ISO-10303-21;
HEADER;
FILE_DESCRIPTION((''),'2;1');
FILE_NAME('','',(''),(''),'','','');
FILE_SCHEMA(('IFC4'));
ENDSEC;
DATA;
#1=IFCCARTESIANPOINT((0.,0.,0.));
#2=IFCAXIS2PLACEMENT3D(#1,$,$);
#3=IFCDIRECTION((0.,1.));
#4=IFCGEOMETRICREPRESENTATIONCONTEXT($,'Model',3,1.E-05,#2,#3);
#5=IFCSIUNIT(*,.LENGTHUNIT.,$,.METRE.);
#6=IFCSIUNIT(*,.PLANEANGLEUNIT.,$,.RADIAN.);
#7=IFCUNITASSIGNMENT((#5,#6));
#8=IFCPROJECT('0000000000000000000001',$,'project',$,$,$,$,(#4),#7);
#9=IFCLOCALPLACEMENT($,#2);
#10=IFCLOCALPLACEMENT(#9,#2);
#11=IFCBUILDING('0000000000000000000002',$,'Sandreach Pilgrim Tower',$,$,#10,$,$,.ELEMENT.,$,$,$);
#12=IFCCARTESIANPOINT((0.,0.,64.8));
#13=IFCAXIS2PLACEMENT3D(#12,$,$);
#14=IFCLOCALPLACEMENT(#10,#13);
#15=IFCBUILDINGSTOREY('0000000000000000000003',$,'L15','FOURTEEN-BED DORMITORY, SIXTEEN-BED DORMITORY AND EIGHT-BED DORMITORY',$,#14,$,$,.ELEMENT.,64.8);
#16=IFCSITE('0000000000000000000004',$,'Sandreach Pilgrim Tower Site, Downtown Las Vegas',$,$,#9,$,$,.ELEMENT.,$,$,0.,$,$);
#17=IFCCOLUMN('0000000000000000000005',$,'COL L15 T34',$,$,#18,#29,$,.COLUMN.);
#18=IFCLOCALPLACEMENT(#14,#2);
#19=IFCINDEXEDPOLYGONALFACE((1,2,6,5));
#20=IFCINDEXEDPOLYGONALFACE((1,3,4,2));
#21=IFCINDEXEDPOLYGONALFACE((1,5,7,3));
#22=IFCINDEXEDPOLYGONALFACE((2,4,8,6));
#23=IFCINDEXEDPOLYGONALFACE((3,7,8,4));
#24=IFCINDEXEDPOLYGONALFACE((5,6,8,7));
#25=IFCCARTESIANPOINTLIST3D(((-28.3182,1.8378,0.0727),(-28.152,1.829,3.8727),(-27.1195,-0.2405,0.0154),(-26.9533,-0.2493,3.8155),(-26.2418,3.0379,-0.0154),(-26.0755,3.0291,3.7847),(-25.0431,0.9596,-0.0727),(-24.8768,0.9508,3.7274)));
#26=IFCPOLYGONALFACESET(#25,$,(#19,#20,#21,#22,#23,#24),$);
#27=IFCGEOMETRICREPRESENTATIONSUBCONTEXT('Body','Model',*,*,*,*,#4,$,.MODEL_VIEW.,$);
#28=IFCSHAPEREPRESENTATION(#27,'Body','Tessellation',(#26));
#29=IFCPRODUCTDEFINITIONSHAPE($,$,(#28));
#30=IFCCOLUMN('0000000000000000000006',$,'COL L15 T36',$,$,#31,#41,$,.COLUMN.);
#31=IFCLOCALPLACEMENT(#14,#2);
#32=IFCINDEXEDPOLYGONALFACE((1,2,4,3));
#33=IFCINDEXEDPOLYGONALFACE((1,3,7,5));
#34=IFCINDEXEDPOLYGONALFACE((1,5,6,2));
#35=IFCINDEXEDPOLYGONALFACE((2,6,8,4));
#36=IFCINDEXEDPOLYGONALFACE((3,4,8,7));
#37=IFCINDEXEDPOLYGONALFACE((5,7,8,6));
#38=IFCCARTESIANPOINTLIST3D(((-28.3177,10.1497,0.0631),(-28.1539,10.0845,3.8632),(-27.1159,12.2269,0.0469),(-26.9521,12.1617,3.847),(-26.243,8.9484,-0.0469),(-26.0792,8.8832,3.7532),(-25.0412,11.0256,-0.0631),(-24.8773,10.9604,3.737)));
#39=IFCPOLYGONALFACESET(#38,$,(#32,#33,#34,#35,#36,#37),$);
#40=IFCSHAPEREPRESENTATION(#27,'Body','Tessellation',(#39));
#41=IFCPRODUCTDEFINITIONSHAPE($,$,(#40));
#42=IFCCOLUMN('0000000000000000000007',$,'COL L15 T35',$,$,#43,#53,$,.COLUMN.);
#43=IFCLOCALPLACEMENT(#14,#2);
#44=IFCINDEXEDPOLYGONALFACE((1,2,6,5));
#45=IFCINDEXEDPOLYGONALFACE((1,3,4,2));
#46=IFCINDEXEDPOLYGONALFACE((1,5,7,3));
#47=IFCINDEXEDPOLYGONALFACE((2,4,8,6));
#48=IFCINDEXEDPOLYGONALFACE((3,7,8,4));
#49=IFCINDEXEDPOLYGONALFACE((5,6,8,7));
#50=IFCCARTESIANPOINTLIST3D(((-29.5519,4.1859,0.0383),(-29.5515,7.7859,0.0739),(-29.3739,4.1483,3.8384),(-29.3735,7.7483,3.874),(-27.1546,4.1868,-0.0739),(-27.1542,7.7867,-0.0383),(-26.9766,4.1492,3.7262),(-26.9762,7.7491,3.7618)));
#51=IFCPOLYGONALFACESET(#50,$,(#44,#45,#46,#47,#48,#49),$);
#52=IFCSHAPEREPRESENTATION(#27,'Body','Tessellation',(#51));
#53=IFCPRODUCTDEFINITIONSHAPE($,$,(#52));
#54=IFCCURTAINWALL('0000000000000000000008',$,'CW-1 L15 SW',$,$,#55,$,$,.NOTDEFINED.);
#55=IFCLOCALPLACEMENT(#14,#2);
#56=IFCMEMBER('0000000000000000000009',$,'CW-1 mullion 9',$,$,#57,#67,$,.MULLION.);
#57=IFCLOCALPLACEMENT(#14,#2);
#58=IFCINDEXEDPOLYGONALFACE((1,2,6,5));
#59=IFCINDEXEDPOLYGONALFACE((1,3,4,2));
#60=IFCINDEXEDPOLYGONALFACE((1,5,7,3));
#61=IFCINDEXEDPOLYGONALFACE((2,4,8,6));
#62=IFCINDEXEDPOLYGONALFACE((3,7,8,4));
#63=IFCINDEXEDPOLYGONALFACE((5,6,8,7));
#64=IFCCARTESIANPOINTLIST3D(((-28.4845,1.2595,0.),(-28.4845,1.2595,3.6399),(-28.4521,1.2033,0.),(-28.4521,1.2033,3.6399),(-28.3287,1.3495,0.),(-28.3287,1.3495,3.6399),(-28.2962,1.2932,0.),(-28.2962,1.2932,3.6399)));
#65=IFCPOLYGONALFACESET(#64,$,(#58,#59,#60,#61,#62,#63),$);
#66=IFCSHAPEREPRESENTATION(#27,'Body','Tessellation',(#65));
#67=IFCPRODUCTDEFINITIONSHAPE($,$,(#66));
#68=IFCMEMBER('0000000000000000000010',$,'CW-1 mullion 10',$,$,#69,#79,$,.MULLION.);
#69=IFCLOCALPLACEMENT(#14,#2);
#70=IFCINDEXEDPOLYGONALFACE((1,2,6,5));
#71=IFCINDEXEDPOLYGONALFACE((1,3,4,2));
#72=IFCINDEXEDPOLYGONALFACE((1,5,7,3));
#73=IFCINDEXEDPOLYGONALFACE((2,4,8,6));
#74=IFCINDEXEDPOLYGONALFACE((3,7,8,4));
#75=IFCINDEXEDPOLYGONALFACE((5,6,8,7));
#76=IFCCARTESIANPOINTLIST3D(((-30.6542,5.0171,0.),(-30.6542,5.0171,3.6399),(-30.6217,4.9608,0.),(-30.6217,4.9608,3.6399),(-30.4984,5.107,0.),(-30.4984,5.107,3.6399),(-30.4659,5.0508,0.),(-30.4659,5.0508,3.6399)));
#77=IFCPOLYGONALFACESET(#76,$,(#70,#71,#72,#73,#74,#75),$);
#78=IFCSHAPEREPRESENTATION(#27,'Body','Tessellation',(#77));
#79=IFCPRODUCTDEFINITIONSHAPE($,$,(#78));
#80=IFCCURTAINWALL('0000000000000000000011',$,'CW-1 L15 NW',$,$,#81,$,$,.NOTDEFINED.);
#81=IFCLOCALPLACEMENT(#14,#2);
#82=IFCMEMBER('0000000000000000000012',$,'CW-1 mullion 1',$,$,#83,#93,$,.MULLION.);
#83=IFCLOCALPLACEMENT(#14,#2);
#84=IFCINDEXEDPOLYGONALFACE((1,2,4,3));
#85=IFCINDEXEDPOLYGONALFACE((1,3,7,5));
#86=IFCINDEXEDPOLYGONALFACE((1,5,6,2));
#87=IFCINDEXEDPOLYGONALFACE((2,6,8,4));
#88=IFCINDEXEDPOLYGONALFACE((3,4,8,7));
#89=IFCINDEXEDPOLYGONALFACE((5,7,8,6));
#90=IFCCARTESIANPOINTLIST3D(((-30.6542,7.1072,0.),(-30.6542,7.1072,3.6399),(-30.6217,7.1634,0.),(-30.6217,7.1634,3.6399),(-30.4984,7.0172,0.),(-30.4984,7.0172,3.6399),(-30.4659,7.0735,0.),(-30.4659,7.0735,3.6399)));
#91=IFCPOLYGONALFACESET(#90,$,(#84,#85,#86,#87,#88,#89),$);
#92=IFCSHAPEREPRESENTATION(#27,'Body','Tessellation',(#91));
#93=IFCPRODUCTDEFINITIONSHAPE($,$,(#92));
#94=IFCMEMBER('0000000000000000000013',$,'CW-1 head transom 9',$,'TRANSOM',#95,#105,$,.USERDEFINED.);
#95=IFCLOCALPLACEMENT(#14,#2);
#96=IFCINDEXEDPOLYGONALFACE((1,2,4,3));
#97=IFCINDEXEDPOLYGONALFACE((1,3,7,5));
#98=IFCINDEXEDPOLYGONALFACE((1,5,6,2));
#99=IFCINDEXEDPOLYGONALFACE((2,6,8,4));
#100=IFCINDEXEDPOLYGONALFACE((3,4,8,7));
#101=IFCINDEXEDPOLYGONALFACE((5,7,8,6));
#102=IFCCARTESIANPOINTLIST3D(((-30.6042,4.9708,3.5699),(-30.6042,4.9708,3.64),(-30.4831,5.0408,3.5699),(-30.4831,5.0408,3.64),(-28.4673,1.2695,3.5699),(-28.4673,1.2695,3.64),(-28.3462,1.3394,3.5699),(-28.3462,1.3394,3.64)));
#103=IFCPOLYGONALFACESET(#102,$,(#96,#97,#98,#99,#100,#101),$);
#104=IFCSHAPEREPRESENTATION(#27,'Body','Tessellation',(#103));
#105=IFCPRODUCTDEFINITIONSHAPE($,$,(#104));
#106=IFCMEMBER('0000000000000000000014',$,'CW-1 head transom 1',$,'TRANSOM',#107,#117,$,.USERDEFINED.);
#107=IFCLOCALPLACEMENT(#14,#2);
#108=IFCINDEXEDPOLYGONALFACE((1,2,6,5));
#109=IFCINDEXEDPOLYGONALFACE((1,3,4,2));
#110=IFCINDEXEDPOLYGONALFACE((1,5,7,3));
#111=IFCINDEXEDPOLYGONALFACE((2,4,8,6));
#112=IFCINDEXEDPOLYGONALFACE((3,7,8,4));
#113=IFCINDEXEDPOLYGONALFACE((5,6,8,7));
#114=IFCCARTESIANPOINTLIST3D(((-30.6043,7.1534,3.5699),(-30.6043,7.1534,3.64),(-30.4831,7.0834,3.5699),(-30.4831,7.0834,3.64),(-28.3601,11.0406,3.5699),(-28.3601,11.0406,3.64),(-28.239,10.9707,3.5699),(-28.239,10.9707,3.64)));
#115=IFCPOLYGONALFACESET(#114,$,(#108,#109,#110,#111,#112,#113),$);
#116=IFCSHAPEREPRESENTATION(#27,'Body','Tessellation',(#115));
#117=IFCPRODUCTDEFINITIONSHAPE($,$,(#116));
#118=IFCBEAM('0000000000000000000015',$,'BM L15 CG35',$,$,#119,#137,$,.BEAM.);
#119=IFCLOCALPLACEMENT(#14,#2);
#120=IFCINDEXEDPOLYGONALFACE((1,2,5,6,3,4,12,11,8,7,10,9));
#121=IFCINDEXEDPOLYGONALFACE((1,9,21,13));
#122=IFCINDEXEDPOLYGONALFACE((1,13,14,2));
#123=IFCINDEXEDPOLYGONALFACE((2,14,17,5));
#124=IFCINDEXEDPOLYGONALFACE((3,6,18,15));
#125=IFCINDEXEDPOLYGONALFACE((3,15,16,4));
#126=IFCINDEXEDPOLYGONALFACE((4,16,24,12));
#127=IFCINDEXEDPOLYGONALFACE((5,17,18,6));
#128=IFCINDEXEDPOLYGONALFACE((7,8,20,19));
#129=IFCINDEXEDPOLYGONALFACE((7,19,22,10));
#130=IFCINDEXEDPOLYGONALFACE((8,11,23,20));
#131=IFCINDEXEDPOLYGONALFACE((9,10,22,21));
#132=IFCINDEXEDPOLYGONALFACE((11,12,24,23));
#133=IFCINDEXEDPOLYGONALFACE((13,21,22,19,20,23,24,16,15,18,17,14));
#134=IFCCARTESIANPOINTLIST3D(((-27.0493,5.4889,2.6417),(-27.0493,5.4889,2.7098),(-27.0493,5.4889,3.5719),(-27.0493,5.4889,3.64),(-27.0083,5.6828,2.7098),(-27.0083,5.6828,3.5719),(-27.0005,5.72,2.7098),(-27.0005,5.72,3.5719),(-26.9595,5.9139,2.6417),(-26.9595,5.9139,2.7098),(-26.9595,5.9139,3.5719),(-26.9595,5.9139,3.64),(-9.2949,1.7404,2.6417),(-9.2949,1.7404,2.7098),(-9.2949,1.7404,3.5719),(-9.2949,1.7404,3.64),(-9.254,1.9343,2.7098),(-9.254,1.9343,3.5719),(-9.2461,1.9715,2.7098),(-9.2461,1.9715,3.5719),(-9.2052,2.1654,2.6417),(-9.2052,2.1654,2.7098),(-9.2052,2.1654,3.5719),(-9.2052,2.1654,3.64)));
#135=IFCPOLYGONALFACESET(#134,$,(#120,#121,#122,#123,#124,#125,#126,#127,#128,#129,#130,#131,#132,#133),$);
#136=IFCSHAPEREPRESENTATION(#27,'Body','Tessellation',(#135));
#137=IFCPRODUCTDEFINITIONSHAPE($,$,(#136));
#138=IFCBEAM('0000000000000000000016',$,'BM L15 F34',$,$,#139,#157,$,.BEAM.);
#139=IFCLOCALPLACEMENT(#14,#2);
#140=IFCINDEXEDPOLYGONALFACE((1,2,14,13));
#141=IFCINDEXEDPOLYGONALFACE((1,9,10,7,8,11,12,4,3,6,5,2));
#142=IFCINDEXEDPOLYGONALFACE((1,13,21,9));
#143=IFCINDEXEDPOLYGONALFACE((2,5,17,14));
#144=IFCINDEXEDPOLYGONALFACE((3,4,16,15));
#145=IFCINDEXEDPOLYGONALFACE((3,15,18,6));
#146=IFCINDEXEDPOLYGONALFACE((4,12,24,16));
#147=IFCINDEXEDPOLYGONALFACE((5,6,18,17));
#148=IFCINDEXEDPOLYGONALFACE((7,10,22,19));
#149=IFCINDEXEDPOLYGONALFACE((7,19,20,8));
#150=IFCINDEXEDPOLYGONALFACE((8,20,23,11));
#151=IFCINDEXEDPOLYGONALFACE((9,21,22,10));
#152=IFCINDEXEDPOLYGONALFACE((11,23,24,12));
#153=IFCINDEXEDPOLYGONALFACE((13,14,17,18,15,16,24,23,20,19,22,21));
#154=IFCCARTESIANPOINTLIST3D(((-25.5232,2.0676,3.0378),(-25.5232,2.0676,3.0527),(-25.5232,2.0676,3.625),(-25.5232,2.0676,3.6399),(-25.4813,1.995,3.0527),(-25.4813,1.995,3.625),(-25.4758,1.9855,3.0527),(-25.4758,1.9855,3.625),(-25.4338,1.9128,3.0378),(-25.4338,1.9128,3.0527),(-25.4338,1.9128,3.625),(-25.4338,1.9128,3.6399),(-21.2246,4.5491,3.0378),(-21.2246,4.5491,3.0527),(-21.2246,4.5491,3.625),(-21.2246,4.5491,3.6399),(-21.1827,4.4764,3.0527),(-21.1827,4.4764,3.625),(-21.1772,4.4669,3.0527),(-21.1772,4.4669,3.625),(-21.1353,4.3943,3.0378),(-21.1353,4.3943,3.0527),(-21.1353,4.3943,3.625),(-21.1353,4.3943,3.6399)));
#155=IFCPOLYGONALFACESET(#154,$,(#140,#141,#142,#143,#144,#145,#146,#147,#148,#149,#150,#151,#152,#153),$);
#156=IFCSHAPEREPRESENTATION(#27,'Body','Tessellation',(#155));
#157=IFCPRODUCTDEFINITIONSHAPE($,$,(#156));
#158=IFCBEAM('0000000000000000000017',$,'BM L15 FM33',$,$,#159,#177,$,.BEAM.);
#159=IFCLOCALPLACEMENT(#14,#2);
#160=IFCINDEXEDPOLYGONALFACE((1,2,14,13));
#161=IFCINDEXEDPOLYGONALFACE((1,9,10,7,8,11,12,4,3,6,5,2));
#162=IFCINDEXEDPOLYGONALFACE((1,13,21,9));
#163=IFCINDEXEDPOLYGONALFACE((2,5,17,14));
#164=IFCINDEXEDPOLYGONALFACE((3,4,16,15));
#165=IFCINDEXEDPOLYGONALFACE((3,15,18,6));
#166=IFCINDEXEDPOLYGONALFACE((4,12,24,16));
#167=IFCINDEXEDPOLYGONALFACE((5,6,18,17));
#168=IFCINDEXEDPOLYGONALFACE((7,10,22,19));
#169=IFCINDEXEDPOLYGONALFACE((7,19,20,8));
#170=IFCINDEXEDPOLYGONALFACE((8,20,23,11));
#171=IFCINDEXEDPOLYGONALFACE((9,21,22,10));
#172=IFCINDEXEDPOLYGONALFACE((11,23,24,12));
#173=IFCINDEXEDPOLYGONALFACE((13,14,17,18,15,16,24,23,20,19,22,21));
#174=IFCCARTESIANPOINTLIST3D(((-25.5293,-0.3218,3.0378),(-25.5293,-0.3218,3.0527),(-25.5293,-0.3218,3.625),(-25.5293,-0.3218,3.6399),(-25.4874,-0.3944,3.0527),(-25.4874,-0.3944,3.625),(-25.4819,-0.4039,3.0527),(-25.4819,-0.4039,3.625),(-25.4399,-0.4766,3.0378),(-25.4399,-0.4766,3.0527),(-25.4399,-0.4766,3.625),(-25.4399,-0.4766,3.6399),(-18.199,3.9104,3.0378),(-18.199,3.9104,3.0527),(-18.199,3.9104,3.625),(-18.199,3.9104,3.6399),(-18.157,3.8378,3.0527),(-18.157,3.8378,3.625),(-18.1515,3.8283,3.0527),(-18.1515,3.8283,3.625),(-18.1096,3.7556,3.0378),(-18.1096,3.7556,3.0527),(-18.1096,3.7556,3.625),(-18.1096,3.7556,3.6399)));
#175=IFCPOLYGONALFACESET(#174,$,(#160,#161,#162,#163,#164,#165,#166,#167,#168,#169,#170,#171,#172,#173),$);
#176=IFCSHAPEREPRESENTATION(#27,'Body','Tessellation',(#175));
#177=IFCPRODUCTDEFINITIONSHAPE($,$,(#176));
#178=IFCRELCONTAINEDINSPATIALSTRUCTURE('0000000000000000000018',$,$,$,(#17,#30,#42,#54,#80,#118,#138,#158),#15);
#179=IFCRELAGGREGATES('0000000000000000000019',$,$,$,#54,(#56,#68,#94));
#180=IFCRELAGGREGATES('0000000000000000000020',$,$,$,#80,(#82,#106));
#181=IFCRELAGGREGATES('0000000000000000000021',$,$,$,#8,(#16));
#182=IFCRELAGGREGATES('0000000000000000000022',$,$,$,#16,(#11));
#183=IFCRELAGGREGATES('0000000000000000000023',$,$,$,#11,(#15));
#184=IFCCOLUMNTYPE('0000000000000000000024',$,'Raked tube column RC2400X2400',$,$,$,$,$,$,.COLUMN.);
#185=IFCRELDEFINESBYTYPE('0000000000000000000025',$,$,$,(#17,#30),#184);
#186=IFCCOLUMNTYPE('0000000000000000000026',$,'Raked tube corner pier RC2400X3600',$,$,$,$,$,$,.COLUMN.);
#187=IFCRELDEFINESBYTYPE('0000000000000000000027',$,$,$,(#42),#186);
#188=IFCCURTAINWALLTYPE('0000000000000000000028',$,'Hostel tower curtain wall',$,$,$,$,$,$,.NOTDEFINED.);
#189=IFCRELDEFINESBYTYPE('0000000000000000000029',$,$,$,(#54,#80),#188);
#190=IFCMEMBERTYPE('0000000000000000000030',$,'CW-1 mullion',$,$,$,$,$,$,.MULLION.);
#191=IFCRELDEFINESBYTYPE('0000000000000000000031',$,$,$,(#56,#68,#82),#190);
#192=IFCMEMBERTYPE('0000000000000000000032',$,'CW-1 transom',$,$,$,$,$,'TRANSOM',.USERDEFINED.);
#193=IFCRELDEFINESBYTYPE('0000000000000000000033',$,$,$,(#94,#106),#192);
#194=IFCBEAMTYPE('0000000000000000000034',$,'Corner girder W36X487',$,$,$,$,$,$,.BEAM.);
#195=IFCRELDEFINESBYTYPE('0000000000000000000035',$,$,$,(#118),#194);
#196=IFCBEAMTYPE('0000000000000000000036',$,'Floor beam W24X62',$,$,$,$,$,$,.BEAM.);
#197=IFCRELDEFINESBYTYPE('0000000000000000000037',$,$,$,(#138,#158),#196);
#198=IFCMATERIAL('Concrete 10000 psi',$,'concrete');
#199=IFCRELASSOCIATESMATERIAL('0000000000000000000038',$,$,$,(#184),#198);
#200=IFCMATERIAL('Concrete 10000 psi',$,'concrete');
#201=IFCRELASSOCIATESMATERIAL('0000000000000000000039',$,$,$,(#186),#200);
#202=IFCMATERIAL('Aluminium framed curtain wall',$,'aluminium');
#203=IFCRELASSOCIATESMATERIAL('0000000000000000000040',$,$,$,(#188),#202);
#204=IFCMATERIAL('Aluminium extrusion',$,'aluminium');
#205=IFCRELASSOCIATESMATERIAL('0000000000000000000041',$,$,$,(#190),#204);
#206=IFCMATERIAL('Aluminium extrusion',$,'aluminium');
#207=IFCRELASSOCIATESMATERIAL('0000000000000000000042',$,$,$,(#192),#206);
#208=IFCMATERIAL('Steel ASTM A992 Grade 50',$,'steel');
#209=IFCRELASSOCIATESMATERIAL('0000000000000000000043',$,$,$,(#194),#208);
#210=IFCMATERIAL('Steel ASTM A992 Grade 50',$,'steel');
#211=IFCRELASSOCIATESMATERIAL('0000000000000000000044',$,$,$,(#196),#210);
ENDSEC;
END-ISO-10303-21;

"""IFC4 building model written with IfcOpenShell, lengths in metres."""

from ifc_helpers import new_model, si_unit, direction, frame, origin, origin_2d, place, context, subcontext, project, spatial, rectangle, i_section, extrude, material, material_profile, profile_set, type_object, element, aggregate, save


model = new_model("IFC4")

# Units and contexts
model_context = context("Model", 3, precision=1e-05, world=origin(), true_north=direction((0.0, 1.0)))
body_context = subcontext(model_context, "Body", "Model", "MODEL_VIEW")
ifc_project = project(units=[si_unit("LENGTHUNIT", "METRE"), si_unit("PLANEANGLEUNIT", "RADIAN")], contexts=[model_context])

# Site, building, storey
site_placement = place(None, origin())
site = spatial("IfcSite", under=ifc_project, at=site_placement, Name="Sandreach Pilgrim Tower Site, Downtown Las Vegas", CompositionType="ELEMENT", RefElevation=0.0)
building_placement = place(site_placement, origin())
building = spatial("IfcBuilding", under=site, at=building_placement, Name="Sandreach Pilgrim Tower", CompositionType="ELEMENT")
storey_placement = place(building_placement, frame((0.0, 0.0, 64.8)))
storey = spatial("IfcBuildingStorey", under=building, at=storey_placement, Name="L15", Description="FOURTEEN-BED DORMITORY, SIXTEEN-BED DORMITORY AND EIGHT-BED DORMITORY", CompositionType="ELEMENT", Elevation=64.8)

# Columns
ifc_material_1 = material(Name="Concrete 10000 psi", Category="concrete")
ifc_material_profile_1 = material_profile(ifc_material_1, rectangle(XDim=2.3999, YDim=2.3999, at=origin_2d()), Name="RC2400X2400")
ifc_profile_set_1 = profile_set([ifc_material_profile_1], Name="Concrete 10000 psi")
column_type_1 = type_object("IfcColumnType", Name="Raked tube column RC2400X2400", PredefinedType="COLUMN", material=ifc_profile_set_1)
column_1_placement = place(storey_placement, frame((-26.6807, 1.3987, 0.0), z_axis=(0.04371, -0.002311, 0.999042), x_axis=(-0.865224, -0.500041, 0.036699)))
element("IfcColumn", 1, at=column_1_placement, inside=storey, type_object=column_type_1, Name="COL L15 T34", PredefinedType="COLUMN", context=body_context, shape_type="SweptSolid", body=[
    extrude(rectangle(XDim=2.3999, YDim=2.3999, at=origin_2d()), origin(), (0.0, 0.0, 1.0), 3.8037),
])
column_2_placement = place(storey_placement, frame((-26.6794, 10.5876, 0.0), z_axis=(0.043063, -0.017135, 0.998925), x_axis=(-0.864498, 0.500541, 0.045854)))
element("IfcColumn", 2, at=column_2_placement, inside=storey, type_object=column_type_1, Name="COL L15 T36", PredefinedType="COLUMN", context=body_context, shape_type="SweptSolid", body=[
    extrude(rectangle(XDim=2.3999, YDim=2.3999, at=origin_2d()), origin(), (0.0, 0.0, 1.0), 3.8042),
])
ifc_material_2 = material(Name="Concrete 10000 psi", Category="concrete")
ifc_material_profile_2 = material_profile(ifc_material_2, rectangle(XDim=2.3999, YDim=3.6001, at=origin_2d()), Name="RC2400X3600")
ifc_profile_set_2 = profile_set([ifc_material_profile_2], Name="Concrete 10000 psi")
column_type_2 = type_object("IfcColumnType", Name="Raked tube corner pier RC2400X3600", PredefinedType="COLUMN", material=ifc_profile_set_2)
column_3_placement = place(storey_placement, frame((-28.353, 5.9863, 0.0), z_axis=(0.046782, -0.009883, 0.998856), x_axis=(-0.998905, -0.000352, 0.046781)))
element("IfcColumn", 3, at=column_3_placement, inside=storey, type_object=column_type_2, Name="COL L15 T35", PredefinedType="COLUMN", context=body_context, shape_type="SweptSolid", body=[
    extrude(rectangle(XDim=2.3999, YDim=3.6001, at=origin_2d()), origin(), (0.0, 0.0, 1.0), 3.8044),
])

# Curtain wall, members
ifc_material_3 = material(Name="Aluminium framed curtain wall", Category="aluminium")
curtain_wall_type = type_object("IfcCurtainWallType", Name="Hostel tower curtain wall", PredefinedType="NOTDEFINED", material=ifc_material_3)
curtain_wall_1_placement = place(storey_placement, origin())
curtain_wall_1 = element("IfcCurtainWall", 4, at=curtain_wall_1_placement, inside=storey, type_object=curtain_wall_type, Name="CW-1 L15 SW", PredefinedType="NOTDEFINED")
ifc_material_4 = material(Name="Aluminium extrusion", Category="aluminium")
ifc_material_profile_3 = material_profile(ifc_material_4, rectangle(XDim=0.0649, YDim=0.1799, at=origin_2d()), Name="CW-1M 65X180")
ifc_profile_set_3 = profile_set([ifc_material_profile_3], Name="Aluminium extrusion")
member_type_1 = type_object("IfcMemberType", Name="CW-1 mullion", PredefinedType="MULLION", material=ifc_profile_set_3)
member_1_placement = place(storey_placement, frame((-28.3904, 1.2764, 0.0), z_axis=(0.0, 0.0, 1.0), x_axis=(-0.5, 0.866025, 0.0)))
member_1 = element("IfcMember", 5, at=member_1_placement, type_object=member_type_1, Name="CW-1 mullion 9", PredefinedType="MULLION", context=body_context, shape_type="SweptSolid", body=[
    extrude(rectangle(XDim=0.0649, YDim=0.1799, at=origin_2d()), origin(), (0.0, 0.0, 1.0), 3.6399),
])
member_2_placement = place(storey_placement, frame((-30.5601, 5.0339, 0.0), z_axis=(0.0, 0.0, 1.0), x_axis=(-0.5, 0.866025, 0.0)))
member_2 = element("IfcMember", 6, at=member_2_placement, type_object=member_type_1, Name="CW-1 mullion 10", PredefinedType="MULLION", context=body_context, shape_type="SweptSolid", body=[
    extrude(rectangle(XDim=0.0649, YDim=0.1799, at=origin_2d()), origin(), (0.0, 0.0, 1.0), 3.6399),
])

# Curtain wall, member
curtain_wall_2_placement = place(storey_placement, origin())
curtain_wall_2 = element("IfcCurtainWall", 7, at=curtain_wall_2_placement, inside=storey, type_object=curtain_wall_type, Name="CW-1 L15 NW", PredefinedType="NOTDEFINED")
member_3_placement = place(storey_placement, frame((-30.5601, 7.0903, 0.0), z_axis=(0.0, 0.0, 1.0), x_axis=(0.5, 0.866025, 0.0)))
member_3 = element("IfcMember", 8, at=member_3_placement, type_object=member_type_1, Name="CW-1 mullion 1", PredefinedType="MULLION", context=body_context, shape_type="SweptSolid", body=[
    extrude(rectangle(XDim=0.0649, YDim=0.1799, at=origin_2d()), origin(), (0.0, 0.0, 1.0), 3.6399),
])

# Members
ifc_material_5 = material(Name="Aluminium extrusion", Category="aluminium")
ifc_material_profile_4 = material_profile(ifc_material_5, rectangle(XDim=0.1399, YDim=0.0701, at=origin_2d()), Name="CW-1T 140X70")
ifc_profile_set_4 = profile_set([ifc_material_profile_4], Name="Aluminium extrusion")
member_type_2 = type_object("IfcMemberType", Name="CW-1 transom", ElementType="TRANSOM", PredefinedType="USERDEFINED", material=ifc_profile_set_4)
member_4_placement = place(storey_placement, frame((-28.4067, 1.3044, 3.605), z_axis=(-0.499991, 0.866031, 0.0), x_axis=(-0.866031, -0.499991, 0.0)))
member_4 = element("IfcMember", 9, at=member_4_placement, type_object=member_type_2, Name="CW-1 head transom 9", ObjectType="TRANSOM", PredefinedType="USERDEFINED", context=body_context, shape_type="SweptSolid", body=[
    extrude(rectangle(XDim=0.1399, YDim=0.0701, at=origin_2d()), origin(), (0.0, 0.0, 1.0), 4.2739),
])
member_5_placement = place(storey_placement, frame((-30.5437, 7.1184, 3.605), z_axis=(0.499977, 0.866039, 0.0), x_axis=(-0.866039, 0.499977, 0.0)))
member_5 = element("IfcMember", 10, at=member_5_placement, type_object=member_type_2, Name="CW-1 head transom 1", ObjectType="TRANSOM", PredefinedType="USERDEFINED", context=body_context, shape_type="SweptSolid", body=[
    extrude(rectangle(XDim=0.1399, YDim=0.0701, at=origin_2d()), origin(), (0.0, 0.0, 1.0), 4.4885),
])

# Beams
ifc_material_6 = material(Name="Steel ASTM A992 Grade 50", Category="steel")
ifc_material_profile_5 = material_profile(ifc_material_6, i_section(OverallWidth=0.4343, OverallDepth=0.9983, WebThickness=0.0381, FlangeThickness=0.0681, at=origin_2d()), Name="W36X487")
ifc_profile_set_5 = profile_set([ifc_material_profile_5], Name="Steel ASTM A992 Grade 50")
beam_type_1 = type_object("IfcBeamType", Name="Corner girder W36X487", PredefinedType="BEAM", material=ifc_profile_set_5)
beam_1_placement = place(storey_placement, frame((-27.0044, 5.7014, 3.1409), z_axis=(0.97843, -0.206579, 0.0), x_axis=(0.206579, 0.97843, 0.0)))
element("IfcBeam", 11, at=beam_1_placement, inside=storey, type_object=beam_type_1, Name="BM L15 CG35", PredefinedType="BEAM", context=body_context, shape_type="SweptSolid", body=[
    extrude(i_section(OverallWidth=0.4343, OverallDepth=0.9983, WebThickness=0.0381, FlangeThickness=0.0681, at=origin_2d()), origin(), (0.0, 0.0, 1.0), 18.1458),
])
ifc_material_7 = material(Name="Steel ASTM A992 Grade 50", Category="steel")
ifc_material_profile_6 = material_profile(ifc_material_7, i_section(OverallWidth=0.1787, OverallDepth=0.6021, WebThickness=0.011, FlangeThickness=0.0149, at=origin_2d()), Name="W24X62")
ifc_profile_set_6 = profile_set([ifc_material_profile_6], Name="Steel ASTM A992 Grade 50")
beam_type_2 = type_object("IfcBeamType", Name="Floor beam W24X62", PredefinedType="BEAM", material=ifc_profile_set_6)
beam_2_placement = place(storey_placement, frame((-25.4785, 1.9902, 3.3389), z_axis=(0.866055, 0.499948, 0.0), x_axis=(-0.499948, 0.866055, 0.0)))
element("IfcBeam", 12, at=beam_2_placement, inside=storey, type_object=beam_type_2, Name="BM L15 F34", PredefinedType="BEAM", context=body_context, shape_type="SweptSolid", body=[
    extrude(i_section(OverallWidth=0.1787, OverallDepth=0.6021, WebThickness=0.011, FlangeThickness=0.0149, at=origin_2d()), origin(), (0.0, 0.0, 1.0), 4.9634),
])
beam_3_placement = place(storey_placement, frame((-25.4846, -0.3992, 3.3389), z_axis=(0.866025, 0.500001, 0.0), x_axis=(-0.500001, 0.866025, 0.0)))
element("IfcBeam", 13, at=beam_3_placement, inside=storey, type_object=beam_type_2, Name="BM L15 FM33", PredefinedType="BEAM", context=body_context, shape_type="SweptSolid", body=[
    extrude(i_section(OverallWidth=0.1787, OverallDepth=0.6021, WebThickness=0.011, FlangeThickness=0.0149, at=origin_2d()), origin(), (0.0, 0.0, 1.0), 8.4644),
])

aggregate(curtain_wall_1, [member_1, member_2, member_4])
aggregate(curtain_wall_2, [member_3, member_5])

save(model, "model.ifc")
